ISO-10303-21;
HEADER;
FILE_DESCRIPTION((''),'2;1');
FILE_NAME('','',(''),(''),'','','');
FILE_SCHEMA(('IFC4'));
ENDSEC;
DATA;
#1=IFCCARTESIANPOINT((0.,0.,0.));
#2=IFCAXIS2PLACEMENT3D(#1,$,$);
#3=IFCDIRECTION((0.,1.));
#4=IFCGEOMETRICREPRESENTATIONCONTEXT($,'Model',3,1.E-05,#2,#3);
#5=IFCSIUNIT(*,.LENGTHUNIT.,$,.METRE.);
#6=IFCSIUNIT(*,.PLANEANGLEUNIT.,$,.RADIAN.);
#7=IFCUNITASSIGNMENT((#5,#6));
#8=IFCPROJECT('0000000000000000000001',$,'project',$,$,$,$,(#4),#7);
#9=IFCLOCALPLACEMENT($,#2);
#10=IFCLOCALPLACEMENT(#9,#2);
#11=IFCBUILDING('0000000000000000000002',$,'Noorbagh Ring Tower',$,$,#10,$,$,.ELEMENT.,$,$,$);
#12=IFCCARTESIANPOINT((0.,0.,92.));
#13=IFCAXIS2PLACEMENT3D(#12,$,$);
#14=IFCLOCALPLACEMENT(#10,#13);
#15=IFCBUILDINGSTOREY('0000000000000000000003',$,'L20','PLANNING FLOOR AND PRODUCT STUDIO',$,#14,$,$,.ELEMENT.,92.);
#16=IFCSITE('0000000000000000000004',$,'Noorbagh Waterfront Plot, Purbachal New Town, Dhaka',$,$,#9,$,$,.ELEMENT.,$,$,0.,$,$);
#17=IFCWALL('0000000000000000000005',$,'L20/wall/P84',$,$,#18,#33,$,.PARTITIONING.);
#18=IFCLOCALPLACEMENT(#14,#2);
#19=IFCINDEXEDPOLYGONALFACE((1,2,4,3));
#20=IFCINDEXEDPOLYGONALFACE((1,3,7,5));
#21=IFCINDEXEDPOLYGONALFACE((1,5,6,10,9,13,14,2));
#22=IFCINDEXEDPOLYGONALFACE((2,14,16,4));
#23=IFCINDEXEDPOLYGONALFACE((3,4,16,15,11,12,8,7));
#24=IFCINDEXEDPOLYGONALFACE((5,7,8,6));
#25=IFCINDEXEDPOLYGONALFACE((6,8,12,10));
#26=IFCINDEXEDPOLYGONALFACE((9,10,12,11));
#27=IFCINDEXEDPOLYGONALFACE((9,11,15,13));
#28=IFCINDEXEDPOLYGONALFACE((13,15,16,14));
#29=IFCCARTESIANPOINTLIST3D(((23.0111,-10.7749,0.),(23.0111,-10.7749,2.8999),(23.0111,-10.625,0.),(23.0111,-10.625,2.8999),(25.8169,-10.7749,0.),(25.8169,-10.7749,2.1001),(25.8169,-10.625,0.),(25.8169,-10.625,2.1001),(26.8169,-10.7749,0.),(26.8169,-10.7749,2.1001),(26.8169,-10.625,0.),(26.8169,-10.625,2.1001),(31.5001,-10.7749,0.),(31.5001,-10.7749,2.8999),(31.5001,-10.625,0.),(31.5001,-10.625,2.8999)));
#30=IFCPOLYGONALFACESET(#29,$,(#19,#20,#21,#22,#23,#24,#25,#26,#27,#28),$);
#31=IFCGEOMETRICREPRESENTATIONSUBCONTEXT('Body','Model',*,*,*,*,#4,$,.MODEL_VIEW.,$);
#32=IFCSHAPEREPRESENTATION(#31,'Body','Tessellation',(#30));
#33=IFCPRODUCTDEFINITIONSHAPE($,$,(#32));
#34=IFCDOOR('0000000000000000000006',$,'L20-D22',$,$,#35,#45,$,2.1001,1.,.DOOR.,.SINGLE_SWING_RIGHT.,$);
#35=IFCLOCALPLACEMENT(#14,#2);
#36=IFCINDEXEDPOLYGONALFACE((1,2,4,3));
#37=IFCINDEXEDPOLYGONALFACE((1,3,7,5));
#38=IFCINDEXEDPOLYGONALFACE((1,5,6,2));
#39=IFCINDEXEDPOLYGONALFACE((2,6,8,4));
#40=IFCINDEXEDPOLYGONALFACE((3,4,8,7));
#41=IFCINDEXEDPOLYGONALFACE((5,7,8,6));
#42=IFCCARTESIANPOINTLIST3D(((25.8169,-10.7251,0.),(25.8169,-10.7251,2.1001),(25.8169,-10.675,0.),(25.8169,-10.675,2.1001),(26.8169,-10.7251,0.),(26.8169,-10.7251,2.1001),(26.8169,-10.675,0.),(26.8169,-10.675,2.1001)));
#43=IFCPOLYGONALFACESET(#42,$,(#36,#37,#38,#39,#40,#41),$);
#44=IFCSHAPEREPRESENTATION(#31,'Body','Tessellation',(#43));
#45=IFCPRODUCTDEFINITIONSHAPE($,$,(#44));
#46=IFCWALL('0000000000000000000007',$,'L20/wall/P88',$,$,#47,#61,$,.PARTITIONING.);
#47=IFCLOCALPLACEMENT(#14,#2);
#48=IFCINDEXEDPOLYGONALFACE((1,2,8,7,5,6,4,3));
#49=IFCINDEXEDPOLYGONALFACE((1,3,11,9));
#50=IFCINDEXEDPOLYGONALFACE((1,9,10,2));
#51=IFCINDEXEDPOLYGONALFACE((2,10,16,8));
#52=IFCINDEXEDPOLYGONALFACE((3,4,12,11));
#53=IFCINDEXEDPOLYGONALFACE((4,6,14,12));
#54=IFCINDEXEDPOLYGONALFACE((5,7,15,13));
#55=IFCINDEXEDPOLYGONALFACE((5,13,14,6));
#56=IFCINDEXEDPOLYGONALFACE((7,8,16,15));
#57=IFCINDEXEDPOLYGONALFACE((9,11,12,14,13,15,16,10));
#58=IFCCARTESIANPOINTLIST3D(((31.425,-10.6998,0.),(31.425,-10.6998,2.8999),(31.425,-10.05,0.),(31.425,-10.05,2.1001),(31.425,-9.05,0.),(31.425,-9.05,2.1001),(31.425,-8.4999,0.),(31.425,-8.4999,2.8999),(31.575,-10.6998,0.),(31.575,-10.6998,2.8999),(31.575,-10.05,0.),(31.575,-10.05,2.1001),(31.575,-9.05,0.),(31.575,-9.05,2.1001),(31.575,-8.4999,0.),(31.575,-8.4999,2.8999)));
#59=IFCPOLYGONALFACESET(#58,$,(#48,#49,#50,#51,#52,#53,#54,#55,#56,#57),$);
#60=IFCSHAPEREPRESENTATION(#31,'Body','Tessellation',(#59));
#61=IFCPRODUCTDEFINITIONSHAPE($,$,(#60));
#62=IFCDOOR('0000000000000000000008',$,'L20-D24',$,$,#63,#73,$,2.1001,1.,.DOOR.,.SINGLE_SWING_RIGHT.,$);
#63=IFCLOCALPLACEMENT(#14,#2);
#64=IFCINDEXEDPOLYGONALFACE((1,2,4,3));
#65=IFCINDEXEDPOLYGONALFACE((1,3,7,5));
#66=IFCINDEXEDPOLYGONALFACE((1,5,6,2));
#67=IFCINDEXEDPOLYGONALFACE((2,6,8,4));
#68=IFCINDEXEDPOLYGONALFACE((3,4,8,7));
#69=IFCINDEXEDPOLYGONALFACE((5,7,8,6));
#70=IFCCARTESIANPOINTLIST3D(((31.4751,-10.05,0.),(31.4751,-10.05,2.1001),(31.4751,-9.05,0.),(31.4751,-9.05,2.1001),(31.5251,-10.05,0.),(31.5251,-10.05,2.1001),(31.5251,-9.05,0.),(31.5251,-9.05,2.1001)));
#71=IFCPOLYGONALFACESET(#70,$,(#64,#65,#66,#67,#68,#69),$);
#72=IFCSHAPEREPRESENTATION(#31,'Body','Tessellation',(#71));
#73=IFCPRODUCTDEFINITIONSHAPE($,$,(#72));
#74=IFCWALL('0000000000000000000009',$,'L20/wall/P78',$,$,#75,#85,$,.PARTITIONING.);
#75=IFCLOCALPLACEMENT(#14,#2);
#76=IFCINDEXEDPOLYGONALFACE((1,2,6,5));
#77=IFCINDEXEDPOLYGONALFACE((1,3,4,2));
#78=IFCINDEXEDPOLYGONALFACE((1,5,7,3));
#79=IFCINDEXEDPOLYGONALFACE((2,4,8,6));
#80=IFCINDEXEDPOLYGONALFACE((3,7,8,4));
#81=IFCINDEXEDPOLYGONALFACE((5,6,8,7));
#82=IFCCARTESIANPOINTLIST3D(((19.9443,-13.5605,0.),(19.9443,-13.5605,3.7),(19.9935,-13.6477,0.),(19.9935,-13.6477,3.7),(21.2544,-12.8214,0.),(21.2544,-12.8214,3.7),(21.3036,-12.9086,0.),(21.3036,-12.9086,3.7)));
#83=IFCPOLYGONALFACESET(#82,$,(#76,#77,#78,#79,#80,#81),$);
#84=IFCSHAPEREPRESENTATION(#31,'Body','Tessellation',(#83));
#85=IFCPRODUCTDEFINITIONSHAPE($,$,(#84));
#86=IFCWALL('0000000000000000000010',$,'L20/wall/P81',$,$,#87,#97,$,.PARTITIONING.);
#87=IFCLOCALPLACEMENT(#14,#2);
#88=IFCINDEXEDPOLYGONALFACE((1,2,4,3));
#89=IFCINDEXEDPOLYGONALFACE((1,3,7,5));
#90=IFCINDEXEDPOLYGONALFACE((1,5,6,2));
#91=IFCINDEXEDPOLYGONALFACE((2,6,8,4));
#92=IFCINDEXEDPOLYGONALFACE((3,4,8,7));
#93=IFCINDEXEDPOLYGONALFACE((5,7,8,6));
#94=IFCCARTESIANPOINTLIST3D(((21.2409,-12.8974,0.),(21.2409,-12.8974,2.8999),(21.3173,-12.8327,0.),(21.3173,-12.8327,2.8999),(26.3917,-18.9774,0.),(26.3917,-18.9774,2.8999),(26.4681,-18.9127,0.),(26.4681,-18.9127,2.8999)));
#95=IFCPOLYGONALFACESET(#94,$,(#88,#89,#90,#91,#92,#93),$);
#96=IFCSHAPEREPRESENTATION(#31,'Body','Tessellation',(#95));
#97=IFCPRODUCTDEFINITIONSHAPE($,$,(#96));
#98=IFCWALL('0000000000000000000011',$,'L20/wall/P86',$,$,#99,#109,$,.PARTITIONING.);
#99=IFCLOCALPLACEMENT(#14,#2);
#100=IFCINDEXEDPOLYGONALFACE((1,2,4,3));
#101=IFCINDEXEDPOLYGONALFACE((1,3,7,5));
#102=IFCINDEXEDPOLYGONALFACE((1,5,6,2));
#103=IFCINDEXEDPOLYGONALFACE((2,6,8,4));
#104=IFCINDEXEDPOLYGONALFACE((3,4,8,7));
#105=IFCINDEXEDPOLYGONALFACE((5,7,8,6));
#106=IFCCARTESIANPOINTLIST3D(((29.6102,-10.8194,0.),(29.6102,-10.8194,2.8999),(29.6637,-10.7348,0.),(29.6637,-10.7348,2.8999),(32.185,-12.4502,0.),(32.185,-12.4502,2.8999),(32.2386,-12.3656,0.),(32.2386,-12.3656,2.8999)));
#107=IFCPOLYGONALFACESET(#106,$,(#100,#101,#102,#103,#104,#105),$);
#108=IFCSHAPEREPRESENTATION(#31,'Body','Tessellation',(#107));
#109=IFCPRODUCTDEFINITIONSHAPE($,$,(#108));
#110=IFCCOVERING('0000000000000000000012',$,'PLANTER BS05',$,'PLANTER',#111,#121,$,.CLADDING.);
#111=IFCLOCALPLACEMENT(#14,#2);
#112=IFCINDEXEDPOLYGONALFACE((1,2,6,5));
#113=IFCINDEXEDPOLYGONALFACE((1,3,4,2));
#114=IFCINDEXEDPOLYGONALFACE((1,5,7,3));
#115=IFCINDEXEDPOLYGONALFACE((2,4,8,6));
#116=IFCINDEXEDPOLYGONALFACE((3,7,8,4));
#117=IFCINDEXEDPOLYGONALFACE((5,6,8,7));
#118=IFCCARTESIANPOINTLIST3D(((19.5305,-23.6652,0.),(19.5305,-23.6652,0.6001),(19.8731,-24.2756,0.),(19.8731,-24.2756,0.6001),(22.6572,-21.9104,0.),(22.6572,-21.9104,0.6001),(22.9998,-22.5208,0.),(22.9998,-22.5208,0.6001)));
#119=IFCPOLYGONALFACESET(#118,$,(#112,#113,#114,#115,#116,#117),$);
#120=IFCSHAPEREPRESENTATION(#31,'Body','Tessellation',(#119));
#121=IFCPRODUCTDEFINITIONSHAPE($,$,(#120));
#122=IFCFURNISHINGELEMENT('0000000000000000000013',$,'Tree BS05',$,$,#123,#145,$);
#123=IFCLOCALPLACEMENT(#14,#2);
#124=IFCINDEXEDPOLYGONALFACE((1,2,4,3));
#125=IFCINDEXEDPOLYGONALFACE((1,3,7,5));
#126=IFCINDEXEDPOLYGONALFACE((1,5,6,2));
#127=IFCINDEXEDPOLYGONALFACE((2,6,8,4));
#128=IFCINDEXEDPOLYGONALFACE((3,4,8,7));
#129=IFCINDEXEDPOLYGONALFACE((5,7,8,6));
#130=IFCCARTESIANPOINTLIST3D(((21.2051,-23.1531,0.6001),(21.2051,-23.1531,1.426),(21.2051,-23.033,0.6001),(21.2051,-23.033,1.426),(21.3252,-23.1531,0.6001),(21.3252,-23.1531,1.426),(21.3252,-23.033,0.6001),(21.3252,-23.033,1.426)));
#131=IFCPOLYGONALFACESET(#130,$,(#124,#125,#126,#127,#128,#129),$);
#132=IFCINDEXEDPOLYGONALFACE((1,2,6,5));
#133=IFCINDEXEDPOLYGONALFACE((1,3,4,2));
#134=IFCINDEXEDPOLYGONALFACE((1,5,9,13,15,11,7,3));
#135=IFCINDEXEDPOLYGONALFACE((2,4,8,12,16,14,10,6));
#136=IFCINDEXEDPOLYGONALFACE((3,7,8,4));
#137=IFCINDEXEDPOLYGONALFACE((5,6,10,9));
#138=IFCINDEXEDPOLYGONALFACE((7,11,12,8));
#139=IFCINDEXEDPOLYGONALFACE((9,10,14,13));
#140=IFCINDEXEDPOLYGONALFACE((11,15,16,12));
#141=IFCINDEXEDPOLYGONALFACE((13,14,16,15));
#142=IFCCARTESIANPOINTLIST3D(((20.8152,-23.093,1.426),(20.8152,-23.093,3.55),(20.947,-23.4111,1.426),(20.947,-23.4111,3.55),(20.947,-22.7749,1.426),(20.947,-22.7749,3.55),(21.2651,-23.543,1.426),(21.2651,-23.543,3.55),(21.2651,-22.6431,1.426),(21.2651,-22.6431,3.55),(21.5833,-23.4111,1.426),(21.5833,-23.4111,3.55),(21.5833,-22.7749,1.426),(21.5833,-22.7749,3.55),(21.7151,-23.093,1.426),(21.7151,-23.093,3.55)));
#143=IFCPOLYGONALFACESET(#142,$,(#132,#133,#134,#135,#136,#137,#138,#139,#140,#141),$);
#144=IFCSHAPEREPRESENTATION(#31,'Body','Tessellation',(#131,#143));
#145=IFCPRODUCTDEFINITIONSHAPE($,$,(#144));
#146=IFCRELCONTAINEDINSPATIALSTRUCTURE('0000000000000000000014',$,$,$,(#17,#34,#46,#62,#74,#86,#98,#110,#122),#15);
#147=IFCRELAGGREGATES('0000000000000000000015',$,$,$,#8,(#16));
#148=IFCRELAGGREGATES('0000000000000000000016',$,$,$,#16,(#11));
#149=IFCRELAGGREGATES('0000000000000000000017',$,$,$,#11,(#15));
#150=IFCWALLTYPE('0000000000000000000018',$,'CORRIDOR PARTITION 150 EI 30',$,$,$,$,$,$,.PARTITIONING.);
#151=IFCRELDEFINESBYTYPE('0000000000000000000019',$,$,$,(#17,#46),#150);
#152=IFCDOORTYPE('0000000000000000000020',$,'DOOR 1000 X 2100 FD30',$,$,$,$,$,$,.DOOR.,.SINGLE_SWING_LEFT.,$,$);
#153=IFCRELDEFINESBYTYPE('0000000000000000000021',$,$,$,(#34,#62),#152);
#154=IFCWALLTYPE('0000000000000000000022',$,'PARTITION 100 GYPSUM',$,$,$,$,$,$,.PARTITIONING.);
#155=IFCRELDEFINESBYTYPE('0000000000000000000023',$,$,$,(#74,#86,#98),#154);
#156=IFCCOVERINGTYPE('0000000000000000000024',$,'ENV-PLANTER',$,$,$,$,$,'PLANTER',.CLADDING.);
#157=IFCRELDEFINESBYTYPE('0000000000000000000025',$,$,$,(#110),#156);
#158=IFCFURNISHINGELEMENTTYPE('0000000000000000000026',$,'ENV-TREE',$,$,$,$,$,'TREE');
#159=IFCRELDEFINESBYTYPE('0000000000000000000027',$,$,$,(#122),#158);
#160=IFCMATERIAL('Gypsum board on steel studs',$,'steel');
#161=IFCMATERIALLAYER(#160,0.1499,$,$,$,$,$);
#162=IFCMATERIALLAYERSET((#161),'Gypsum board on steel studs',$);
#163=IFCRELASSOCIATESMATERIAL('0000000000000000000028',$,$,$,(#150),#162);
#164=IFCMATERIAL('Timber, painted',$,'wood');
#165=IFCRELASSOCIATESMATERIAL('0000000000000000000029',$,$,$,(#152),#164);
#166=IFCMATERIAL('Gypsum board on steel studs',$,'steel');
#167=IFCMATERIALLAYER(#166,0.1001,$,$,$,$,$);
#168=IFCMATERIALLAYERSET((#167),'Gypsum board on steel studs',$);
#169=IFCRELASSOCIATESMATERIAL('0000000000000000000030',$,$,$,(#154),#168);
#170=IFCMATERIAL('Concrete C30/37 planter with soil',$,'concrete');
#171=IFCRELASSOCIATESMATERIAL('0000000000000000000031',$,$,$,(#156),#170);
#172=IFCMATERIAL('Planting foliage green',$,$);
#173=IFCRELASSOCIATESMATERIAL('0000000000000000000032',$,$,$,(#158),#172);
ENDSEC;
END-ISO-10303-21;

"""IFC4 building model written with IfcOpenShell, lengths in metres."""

from ifc_helpers import new_model, si_unit, direction, frame, frame_2d, origin, origin_2d, place, context, subcontext, project, spatial, polyline, rectangle, outline, extrude, material, layer, layer_set, type_object, element, fill, save


model = new_model("IFC4")

# Units and contexts
model_context = context("Model", 3, precision=1e-05, world=origin(), true_north=direction((0.0, 1.0)))
body_context = subcontext(model_context, "Body", "Model", "MODEL_VIEW")
ifc_project = project(units=[si_unit("LENGTHUNIT", "METRE"), si_unit("PLANEANGLEUNIT", "RADIAN")], contexts=[model_context])

# Site, building, storey
site_placement = place(None, origin())
site = spatial("IfcSite", under=ifc_project, at=site_placement, Name="Noorbagh Waterfront Plot, Purbachal New Town, Dhaka", CompositionType="ELEMENT", RefElevation=0.0)
building_placement = place(site_placement, origin())
building = spatial("IfcBuilding", under=site, at=building_placement, Name="Noorbagh Ring Tower", CompositionType="ELEMENT")
storey_placement = place(building_placement, frame((0.0, 0.0, 92.0)))
storey = spatial("IfcBuildingStorey", under=building, at=storey_placement, Name="L20", Description="PLANNING FLOOR AND PRODUCT STUDIO", CompositionType="ELEMENT", Elevation=92.0)

# Shared definitions
ifc_material_1 = material(Name="Gypsum board on steel studs", Category="steel")
ifc_layer_1 = layer(ifc_material_1, 0.1499)
ifc_layer_set_1 = layer_set([ifc_layer_1], Name="Gypsum board on steel studs")
wall_type_1 = type_object("IfcWallType", Name="CORRIDOR PARTITION 150 EI 30", PredefinedType="PARTITIONING", material=ifc_layer_set_1)

# Walls, openings, doors
wall_1_placement = place(storey_placement, frame((23.011, -10.7, 0.0), z_axis=(0.0, 0.0, 1.0), x_axis=(1.0, 0.0, 0.0)))
wall_1 = element("IfcWall", 1, at=wall_1_placement, inside=storey, type_object=wall_type_1, Name="L20/wall/P84", PredefinedType="PARTITIONING", context=body_context, shape_type="SweptSolid", body=[
    extrude(rectangle(XDim=8.489, YDim=0.1499, at=frame_2d((4.2446, 0.0))), origin(), (0.0, 0.0, 1.0), 2.8999),
])
opening_1_placement = place(wall_1_placement, frame((2.8059, 0.0, 0.0)))
opening_1 = element("IfcOpeningElement", 2, at=opening_1_placement, cuts=wall_1, PredefinedType="OPENING", context=body_context, shape_type="SweptSolid", body=[
    extrude(rectangle(XDim=1.0, YDim=2.1001, at=frame_2d((0.5, 1.05))), frame((0.0, 0.085, 0.0), z_axis=(0.0, -1.0, 0.0), x_axis=(1.0, 0.0, 0.0)), (0.0, 0.0, 1.0), 0.1699),
])
ifc_material_2 = material(Name="Timber, painted", Category="wood")
door_type = type_object("IfcDoorType", Name="DOOR 1000 X 2100 FD30", OperationType="SINGLE_SWING_LEFT", PredefinedType="DOOR", material=ifc_material_2)
door_1_placement = place(opening_1_placement, origin())
door_1 = element("IfcDoor", 3, at=door_1_placement, inside=storey, type_object=door_type, Name="L20-D22", OperationType="SINGLE_SWING_RIGHT", OverallHeight=2.1001, OverallWidth=1.0, PredefinedType="DOOR", context=body_context, shape_type="SweptSolid", body=[
    extrude(rectangle(XDim=1.0, YDim=2.1001, at=frame_2d((0.5, 1.05))), frame((0.0, 0.0249, 0.0), z_axis=(0.0, -1.0, 0.0), x_axis=(1.0, 0.0, 0.0)), (0.0, 0.0, 1.0), 0.05),
])
fill(opening_1, door_1)
wall_2_placement = place(storey_placement, frame((31.5, -10.7, 0.0), z_axis=(0.0, 0.0, 1.0), x_axis=(0.0, 1.0, 0.0)))
wall_2 = element("IfcWall", 4, at=wall_2_placement, inside=storey, type_object=wall_type_1, Name="L20/wall/P88", PredefinedType="PARTITIONING", context=body_context, shape_type="SweptSolid", body=[
    extrude(rectangle(XDim=2.2, YDim=0.1499, at=frame_2d((1.1001, 0.0))), origin(), (0.0, 0.0, 1.0), 2.8999),
])
opening_2_placement = place(wall_2_placement, frame((0.6499, 0.0, 0.0)))
opening_2 = element("IfcOpeningElement", 5, at=opening_2_placement, cuts=wall_2, PredefinedType="OPENING", context=body_context, shape_type="SweptSolid", body=[
    extrude(rectangle(XDim=1.0, YDim=2.1001, at=frame_2d((0.5, 1.05))), frame((0.0, 0.085, 0.0), z_axis=(0.0, -1.0, 0.0), x_axis=(1.0, 0.0, 0.0)), (0.0, 0.0, 1.0), 0.1699),
])
door_2_placement = place(opening_2_placement, origin())
door_2 = element("IfcDoor", 6, at=door_2_placement, inside=storey, type_object=door_type, Name="L20-D24", OperationType="SINGLE_SWING_RIGHT", OverallHeight=2.1001, OverallWidth=1.0, PredefinedType="DOOR", context=body_context, shape_type="SweptSolid", body=[
    extrude(rectangle(XDim=1.0, YDim=2.1001, at=frame_2d((0.5, 1.05))), frame((0.0, 0.0249, 0.0), z_axis=(0.0, -1.0, 0.0), x_axis=(1.0, 0.0, 0.0)), (0.0, 0.0, 1.0), 0.05),
])
fill(opening_2, door_2)

# Walls
ifc_material_3 = material(Name="Gypsum board on steel studs", Category="steel")
ifc_layer_2 = layer(ifc_material_3, 0.1001)
ifc_layer_set_2 = layer_set([ifc_layer_2], Name="Gypsum board on steel studs")
wall_type_2 = type_object("IfcWallType", Name="PARTITION 100 GYPSUM", PredefinedType="PARTITIONING", material=ifc_layer_set_2)
wall_3_placement = place(storey_placement, frame((19.969, -13.604, 0.0), z_axis=(0.0, 0.0, 1.0), x_axis=(0.870977, 0.491324, 0.0)))
element("IfcWall", 7, at=wall_3_placement, inside=storey, type_object=wall_type_2, Name="L20/wall/P78", PredefinedType="PARTITIONING", context=body_context, shape_type="SweptSolid", body=[
    extrude(rectangle(XDim=1.5042, YDim=0.1001, at=frame_2d((0.752, 0.0))), origin(), (0.0, 0.0, 1.0), 3.7),
])
wall_4_placement = place(storey_placement, frame((21.2791, -12.865, 0.0), z_axis=(0.0, 0.0, 1.0), x_axis=(0.646395, -0.763003, 0.0)))
element("IfcWall", 8, at=wall_4_placement, inside=storey, type_object=wall_type_2, Name="L20/wall/P81", PredefinedType="PARTITIONING", context=body_context, shape_type="SweptSolid", body=[
    extrude(rectangle(XDim=7.9685, YDim=0.1001, at=frame_2d((3.9844, 0.0))), origin(), (0.0, 0.0, 1.0), 2.8999),
])
wall_5_placement = place(storey_placement, frame((29.637, -10.7771, 0.0), z_axis=(0.0, 0.0, 1.0), x_axis=(0.844811, -0.535065, 0.0)))
element("IfcWall", 9, at=wall_5_placement, inside=storey, type_object=wall_type_2, Name="L20/wall/P86", PredefinedType="PARTITIONING", context=body_context, shape_type="SweptSolid", body=[
    extrude(rectangle(XDim=3.0479, YDim=0.1001, at=frame_2d((1.5239, 0.0))), origin(), (0.0, 0.0, 1.0), 2.8999),
])

# Covering
ifc_material_4 = material(Name="Concrete C30/37 planter with soil", Category="concrete")
covering_type = type_object("IfcCoveringType", Name="ENV-PLANTER", ElementType="PLANTER", PredefinedType="CLADDING", material=ifc_material_4)
covering_placement = place(storey_placement, frame((21.2651, -23.093, 0.0), z_axis=(0.0, 0.0, 1.0), x_axis=(0.872045, 0.489426, 0.0)))
element("IfcCovering", 10, at=covering_placement, inside=storey, type_object=covering_type, Name="PLANTER BS05", ObjectType="PLANTER", PredefinedType="CLADDING", context=body_context, shape_type="SweptSolid", body=[
    extrude(rectangle(XDim=3.5854, YDim=0.7, at=origin_2d()), origin(), (0.0, 0.0, 1.0), 0.6001),
])

# Furnishing element
ifc_material_5 = material(Name="Planting foliage green")
furnishing_element_type = type_object("IfcFurnishingElementType", Name="ENV-TREE", ElementType="TREE", material=ifc_material_5)
furnishing_placement = place(storey_placement, frame((21.2651, -23.093, 0.6001), z_axis=(0.0, 0.0, 1.0), x_axis=(1.0, 0.0, 0.0)))
element("IfcFurnishingElement", 11, at=furnishing_placement, inside=storey, type_object=furnishing_element_type, Name="Tree BS05", context=body_context, shape_type="SweptSolid", body=[
    extrude(rectangle(XDim=0.1201, YDim=0.1201, at=origin_2d()), origin(), (0.0, 0.0, 1.0), 0.8259),
    extrude(outline(polyline([(0.45, 0.0), (0.3181, 0.3181), (0.0, 0.45), (-0.3181, 0.3181), (-0.45, 0.0), (-0.3181, -0.3181), (0.0, -0.45), (0.3181, -0.3181), (0.45, 0.0)])), frame((0.0, 0.0, 0.8259)), (0.0, 0.0, 1.0), 2.124),
])

save(model, "model.ifc")
